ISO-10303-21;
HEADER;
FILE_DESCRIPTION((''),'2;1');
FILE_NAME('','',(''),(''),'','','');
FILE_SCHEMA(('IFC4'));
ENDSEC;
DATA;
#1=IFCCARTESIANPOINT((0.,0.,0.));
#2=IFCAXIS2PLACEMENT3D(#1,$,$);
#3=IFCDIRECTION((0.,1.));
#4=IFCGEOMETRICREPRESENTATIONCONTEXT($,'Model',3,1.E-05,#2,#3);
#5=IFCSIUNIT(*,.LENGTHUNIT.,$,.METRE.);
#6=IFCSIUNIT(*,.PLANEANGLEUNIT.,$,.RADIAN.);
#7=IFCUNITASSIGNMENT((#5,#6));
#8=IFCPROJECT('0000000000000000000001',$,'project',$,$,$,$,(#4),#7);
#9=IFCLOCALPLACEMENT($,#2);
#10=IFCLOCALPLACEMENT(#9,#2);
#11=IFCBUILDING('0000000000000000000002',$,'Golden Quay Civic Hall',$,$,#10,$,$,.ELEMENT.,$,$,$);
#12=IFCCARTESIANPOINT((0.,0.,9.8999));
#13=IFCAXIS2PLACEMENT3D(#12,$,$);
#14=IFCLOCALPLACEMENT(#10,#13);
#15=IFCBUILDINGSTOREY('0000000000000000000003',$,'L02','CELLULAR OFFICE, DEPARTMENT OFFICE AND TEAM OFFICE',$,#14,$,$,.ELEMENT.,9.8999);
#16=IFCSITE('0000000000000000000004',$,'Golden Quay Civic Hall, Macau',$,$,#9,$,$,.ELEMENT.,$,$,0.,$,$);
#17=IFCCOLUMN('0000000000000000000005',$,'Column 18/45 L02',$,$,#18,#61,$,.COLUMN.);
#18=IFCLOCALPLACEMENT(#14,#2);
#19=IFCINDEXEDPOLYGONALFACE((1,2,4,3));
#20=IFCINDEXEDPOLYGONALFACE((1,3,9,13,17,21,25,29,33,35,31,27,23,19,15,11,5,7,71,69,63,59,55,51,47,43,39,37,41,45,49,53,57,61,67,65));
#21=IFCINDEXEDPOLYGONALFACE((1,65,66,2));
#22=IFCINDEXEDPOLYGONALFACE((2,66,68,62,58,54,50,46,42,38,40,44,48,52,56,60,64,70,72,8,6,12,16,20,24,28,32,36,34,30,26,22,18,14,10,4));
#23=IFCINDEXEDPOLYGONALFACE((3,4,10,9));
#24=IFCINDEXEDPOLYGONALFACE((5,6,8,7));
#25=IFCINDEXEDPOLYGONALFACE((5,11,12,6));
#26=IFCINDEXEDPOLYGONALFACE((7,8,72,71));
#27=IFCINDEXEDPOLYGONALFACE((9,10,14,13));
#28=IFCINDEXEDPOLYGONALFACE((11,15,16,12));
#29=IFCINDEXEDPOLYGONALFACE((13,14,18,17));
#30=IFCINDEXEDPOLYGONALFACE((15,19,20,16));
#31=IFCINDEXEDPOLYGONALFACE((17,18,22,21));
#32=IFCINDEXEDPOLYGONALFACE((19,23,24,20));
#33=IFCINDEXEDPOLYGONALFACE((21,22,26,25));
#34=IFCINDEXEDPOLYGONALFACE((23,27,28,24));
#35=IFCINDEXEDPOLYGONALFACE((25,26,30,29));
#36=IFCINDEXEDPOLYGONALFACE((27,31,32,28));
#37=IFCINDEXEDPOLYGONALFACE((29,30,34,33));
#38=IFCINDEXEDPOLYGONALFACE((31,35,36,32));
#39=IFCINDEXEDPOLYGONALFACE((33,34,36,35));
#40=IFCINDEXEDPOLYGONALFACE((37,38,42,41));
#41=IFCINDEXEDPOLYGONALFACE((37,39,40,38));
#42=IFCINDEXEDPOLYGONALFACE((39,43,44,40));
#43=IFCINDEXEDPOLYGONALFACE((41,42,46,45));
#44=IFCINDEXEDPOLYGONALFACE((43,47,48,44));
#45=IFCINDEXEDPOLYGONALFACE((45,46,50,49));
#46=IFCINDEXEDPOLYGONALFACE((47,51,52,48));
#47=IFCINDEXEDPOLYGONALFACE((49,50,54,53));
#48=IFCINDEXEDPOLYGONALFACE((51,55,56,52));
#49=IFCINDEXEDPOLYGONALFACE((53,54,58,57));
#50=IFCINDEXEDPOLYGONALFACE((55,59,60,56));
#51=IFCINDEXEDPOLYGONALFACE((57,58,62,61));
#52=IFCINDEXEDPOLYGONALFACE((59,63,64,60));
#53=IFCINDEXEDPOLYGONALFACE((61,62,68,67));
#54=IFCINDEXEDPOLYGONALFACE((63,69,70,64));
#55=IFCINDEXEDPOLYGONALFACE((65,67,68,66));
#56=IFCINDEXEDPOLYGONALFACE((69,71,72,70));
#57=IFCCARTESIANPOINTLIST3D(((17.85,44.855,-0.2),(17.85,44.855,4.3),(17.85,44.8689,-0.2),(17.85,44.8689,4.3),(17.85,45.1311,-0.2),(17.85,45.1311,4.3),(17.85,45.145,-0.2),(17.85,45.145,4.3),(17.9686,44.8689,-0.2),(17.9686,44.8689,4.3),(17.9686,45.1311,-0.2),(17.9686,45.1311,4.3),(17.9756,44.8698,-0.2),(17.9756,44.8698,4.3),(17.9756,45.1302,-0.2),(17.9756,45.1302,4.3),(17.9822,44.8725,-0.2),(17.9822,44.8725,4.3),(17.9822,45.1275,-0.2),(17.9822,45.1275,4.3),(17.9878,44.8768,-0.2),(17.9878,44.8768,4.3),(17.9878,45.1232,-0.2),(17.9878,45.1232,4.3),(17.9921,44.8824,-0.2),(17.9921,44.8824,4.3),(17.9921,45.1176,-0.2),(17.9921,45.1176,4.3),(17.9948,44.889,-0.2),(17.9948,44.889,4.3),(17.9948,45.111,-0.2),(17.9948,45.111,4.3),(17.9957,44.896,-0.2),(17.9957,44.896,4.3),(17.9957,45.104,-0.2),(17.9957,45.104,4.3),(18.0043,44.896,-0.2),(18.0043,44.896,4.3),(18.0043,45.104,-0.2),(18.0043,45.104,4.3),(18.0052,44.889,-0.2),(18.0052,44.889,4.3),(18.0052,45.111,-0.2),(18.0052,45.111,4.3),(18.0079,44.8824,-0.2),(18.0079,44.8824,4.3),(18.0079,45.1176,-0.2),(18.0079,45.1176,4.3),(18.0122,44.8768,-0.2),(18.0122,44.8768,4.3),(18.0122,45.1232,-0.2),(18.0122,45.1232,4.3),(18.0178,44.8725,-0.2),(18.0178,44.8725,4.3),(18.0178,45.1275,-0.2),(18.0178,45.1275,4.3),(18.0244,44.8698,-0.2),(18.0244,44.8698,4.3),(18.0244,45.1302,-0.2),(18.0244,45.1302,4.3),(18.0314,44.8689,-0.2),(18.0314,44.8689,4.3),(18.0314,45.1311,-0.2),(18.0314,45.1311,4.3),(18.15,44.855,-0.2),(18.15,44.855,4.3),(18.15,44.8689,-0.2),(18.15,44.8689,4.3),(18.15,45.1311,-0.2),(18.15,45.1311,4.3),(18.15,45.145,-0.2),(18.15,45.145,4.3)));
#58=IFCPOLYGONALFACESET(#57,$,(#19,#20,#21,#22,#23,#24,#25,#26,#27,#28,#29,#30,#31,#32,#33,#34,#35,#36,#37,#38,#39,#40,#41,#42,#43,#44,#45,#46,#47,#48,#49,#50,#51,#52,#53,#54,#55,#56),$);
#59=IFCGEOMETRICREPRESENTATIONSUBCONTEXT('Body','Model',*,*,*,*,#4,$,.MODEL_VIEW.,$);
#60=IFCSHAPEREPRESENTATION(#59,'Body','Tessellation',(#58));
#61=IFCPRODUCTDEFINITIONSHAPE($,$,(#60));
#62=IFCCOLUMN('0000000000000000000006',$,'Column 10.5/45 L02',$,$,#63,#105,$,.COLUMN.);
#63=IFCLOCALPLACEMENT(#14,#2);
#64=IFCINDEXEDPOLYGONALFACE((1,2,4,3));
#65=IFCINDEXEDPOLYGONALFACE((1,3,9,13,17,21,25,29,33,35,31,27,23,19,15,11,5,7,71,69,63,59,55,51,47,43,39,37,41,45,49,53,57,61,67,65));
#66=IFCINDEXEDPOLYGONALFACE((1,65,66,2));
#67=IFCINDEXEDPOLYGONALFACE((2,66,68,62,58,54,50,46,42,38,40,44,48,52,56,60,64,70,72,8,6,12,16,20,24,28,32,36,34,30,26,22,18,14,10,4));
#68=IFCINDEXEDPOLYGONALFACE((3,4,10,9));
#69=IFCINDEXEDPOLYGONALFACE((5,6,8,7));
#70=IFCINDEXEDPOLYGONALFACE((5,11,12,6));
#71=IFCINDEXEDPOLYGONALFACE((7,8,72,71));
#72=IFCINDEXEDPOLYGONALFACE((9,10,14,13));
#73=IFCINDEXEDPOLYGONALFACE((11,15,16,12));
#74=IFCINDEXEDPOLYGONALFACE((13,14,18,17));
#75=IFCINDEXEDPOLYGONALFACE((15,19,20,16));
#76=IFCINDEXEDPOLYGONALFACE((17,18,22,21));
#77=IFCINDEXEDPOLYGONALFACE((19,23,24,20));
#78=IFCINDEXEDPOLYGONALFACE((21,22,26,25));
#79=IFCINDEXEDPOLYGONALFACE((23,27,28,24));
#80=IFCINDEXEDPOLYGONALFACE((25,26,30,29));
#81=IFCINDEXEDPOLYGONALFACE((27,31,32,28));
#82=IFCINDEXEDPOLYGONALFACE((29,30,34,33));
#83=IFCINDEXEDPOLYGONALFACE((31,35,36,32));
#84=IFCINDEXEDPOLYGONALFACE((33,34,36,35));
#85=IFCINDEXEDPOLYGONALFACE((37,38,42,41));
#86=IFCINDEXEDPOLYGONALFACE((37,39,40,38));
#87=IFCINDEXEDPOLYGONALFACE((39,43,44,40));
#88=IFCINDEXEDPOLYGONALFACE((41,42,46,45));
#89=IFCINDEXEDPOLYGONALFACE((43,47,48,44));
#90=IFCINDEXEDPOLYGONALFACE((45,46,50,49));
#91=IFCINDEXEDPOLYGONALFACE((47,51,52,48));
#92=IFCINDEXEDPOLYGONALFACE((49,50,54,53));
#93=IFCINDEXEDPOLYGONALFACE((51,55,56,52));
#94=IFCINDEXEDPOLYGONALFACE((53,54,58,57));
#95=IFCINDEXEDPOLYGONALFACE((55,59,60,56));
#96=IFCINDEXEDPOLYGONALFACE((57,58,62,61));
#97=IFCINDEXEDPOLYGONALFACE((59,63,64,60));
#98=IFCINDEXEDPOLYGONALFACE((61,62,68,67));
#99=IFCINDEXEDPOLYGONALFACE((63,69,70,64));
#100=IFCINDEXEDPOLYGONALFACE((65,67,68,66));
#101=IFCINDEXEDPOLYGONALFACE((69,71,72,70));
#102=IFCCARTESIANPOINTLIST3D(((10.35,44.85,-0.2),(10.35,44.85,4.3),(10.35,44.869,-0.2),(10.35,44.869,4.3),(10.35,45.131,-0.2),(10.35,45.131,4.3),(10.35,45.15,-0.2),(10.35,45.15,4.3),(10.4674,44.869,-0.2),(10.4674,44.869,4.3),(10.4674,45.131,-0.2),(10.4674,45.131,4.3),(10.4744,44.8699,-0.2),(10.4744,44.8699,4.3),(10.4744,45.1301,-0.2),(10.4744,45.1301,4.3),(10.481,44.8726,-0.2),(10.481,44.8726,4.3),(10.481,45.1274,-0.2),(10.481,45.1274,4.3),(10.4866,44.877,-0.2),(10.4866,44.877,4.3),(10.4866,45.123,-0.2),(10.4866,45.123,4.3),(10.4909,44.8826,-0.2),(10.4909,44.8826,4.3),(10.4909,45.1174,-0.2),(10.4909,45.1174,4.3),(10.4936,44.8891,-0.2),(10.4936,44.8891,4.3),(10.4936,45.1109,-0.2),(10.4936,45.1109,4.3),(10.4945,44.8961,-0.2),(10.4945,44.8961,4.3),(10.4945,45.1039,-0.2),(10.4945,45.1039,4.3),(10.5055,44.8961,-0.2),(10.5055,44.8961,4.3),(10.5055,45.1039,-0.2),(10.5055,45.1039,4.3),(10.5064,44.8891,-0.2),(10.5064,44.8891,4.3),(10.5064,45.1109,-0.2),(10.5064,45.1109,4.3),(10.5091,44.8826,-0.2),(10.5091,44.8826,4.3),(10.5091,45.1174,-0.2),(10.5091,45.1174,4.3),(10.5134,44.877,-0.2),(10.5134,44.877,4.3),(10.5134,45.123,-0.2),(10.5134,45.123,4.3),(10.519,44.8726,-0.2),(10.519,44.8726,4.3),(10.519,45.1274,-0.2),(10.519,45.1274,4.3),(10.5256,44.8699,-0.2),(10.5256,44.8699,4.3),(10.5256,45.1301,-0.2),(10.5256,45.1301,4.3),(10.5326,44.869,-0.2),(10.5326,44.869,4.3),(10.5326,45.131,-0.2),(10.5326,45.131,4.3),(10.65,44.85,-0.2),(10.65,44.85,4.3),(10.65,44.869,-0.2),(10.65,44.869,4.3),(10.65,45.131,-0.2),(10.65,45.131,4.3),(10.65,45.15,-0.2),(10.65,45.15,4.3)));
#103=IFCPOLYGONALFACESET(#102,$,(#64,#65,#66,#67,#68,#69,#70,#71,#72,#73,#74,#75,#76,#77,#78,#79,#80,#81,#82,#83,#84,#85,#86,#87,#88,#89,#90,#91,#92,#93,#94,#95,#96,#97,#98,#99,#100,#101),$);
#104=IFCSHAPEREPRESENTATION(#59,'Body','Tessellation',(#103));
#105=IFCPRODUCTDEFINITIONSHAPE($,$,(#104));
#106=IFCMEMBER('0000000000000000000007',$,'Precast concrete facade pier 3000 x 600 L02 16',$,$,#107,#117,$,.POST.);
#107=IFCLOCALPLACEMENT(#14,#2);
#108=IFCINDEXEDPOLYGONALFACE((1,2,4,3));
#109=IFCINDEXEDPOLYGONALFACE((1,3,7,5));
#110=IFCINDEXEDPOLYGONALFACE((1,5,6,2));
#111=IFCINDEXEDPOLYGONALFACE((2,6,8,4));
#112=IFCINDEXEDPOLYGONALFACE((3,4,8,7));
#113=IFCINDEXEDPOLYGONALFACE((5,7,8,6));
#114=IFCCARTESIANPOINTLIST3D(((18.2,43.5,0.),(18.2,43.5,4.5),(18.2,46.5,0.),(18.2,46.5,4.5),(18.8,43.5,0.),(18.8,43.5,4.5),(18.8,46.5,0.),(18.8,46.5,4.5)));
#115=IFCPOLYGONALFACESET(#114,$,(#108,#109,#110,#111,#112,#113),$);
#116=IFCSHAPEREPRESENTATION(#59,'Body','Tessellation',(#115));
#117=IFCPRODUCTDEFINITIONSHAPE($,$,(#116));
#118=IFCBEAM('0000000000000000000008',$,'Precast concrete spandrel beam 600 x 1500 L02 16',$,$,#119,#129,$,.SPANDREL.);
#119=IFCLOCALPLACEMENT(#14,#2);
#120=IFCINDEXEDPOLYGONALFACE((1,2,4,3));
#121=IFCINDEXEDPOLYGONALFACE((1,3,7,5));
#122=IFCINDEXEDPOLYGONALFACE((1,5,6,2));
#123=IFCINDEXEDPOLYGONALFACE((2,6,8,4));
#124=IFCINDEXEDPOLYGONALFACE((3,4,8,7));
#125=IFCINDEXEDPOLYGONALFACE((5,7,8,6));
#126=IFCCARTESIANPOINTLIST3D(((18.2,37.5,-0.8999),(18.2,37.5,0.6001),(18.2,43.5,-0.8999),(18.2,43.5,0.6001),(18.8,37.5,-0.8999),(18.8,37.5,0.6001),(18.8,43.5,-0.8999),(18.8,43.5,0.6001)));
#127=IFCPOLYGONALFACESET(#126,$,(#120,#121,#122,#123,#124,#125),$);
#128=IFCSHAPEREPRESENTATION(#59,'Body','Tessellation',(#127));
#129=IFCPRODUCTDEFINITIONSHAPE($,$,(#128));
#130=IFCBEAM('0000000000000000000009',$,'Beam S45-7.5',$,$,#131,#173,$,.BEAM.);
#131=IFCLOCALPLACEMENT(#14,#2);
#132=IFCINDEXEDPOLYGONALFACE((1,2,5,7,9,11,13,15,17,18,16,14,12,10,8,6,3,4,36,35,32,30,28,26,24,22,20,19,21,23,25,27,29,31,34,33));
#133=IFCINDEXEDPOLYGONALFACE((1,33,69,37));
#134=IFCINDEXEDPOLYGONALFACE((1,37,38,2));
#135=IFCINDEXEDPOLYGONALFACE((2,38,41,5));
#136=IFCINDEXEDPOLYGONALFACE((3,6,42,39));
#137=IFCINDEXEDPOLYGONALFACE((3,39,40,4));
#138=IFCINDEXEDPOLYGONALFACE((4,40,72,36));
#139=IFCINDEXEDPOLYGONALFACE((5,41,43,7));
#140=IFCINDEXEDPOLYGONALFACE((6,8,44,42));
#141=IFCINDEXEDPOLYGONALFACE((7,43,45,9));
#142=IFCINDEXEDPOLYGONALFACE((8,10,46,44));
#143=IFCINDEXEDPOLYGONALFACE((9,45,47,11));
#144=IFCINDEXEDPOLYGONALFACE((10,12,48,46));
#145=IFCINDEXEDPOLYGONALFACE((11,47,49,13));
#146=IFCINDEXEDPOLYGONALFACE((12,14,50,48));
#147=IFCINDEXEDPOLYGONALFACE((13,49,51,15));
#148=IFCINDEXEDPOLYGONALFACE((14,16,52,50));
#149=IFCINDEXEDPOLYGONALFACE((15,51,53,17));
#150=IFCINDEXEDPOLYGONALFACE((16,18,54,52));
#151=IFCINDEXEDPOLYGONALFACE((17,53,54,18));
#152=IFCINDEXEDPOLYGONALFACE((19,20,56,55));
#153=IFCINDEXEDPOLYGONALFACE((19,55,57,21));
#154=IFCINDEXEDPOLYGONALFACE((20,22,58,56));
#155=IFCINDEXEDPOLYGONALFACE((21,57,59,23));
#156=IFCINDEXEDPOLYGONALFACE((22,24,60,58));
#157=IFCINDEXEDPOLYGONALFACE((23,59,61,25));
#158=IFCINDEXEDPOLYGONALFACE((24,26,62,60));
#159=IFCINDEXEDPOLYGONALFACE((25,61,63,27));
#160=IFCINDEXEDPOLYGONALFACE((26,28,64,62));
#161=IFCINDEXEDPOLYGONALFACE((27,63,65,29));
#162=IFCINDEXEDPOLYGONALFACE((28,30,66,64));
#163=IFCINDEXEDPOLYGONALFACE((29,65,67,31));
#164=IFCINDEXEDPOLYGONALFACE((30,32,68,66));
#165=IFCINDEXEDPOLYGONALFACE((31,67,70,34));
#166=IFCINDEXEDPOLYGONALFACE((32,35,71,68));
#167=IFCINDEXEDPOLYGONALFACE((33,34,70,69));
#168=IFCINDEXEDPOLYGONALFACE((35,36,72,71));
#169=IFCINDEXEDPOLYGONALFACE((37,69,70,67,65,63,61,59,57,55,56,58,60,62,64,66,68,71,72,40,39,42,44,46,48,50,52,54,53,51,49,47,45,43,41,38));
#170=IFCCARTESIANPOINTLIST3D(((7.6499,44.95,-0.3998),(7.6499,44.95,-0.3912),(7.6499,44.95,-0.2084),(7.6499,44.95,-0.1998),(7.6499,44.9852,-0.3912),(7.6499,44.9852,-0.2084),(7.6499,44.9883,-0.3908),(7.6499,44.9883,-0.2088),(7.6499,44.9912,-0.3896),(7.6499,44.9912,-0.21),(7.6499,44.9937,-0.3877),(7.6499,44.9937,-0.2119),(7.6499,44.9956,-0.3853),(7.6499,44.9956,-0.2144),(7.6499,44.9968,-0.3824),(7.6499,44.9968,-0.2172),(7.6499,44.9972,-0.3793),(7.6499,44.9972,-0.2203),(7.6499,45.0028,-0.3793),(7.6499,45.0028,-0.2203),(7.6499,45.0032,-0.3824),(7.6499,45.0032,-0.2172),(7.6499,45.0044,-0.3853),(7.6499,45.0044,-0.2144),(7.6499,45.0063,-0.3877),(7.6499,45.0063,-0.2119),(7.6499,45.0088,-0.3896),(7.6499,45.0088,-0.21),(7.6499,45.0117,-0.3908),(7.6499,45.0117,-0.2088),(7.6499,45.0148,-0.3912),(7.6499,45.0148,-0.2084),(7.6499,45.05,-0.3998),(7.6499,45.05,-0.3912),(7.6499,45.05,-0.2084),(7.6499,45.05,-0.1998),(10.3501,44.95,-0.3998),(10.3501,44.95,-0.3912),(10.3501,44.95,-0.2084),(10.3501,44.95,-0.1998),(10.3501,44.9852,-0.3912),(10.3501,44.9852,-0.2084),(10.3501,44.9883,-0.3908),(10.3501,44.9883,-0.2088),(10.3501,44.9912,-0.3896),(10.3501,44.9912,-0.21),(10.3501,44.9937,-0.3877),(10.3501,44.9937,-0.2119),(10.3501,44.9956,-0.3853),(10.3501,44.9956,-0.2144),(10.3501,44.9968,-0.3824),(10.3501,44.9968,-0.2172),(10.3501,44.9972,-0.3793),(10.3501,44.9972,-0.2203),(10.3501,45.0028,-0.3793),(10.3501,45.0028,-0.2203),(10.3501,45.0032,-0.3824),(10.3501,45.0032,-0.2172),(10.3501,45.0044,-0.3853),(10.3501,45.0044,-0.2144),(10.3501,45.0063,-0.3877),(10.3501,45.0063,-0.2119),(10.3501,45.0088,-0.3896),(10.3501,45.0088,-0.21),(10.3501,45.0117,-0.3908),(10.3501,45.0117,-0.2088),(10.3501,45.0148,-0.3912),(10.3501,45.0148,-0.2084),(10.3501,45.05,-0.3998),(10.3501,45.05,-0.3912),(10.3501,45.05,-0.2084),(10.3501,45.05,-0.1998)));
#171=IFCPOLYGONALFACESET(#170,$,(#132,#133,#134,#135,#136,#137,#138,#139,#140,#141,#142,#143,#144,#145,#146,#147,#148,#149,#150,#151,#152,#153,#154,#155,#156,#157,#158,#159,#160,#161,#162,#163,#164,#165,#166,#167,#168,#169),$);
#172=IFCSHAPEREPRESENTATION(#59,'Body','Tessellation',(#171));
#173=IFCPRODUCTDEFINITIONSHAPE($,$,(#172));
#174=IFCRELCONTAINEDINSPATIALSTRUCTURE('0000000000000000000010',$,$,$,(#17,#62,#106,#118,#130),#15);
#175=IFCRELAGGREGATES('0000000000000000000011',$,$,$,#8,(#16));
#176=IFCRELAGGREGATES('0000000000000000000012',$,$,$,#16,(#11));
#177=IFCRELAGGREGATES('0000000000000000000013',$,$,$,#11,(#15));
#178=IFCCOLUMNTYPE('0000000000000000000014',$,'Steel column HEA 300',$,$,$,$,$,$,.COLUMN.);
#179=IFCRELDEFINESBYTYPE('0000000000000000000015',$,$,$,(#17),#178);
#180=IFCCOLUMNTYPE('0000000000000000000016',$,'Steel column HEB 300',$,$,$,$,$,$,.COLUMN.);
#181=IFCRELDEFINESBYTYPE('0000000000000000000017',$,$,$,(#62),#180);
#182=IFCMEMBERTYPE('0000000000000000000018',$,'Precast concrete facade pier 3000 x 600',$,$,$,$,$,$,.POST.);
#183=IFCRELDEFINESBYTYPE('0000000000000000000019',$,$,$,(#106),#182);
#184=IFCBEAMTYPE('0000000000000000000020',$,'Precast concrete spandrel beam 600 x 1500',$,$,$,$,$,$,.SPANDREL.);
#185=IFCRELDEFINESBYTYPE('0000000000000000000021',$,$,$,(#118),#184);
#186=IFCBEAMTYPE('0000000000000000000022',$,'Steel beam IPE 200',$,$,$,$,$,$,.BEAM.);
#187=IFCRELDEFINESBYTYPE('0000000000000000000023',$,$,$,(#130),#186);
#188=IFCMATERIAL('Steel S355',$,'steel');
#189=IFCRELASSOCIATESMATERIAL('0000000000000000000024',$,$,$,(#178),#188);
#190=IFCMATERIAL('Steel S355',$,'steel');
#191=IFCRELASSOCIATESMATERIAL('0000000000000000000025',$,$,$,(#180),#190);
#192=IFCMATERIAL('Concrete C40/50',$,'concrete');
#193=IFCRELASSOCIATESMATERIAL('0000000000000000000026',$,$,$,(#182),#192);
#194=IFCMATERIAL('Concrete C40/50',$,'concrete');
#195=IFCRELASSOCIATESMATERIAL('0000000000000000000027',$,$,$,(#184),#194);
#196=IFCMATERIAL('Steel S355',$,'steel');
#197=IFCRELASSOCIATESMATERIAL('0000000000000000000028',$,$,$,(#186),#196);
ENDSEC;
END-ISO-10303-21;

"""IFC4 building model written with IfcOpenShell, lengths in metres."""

from ifc_helpers import new_model, si_unit, direction, frame, origin, origin_2d, place, context, subcontext, project, spatial, rectangle, i_section, extrude, material, material_profile, profile_set, type_object, element, save


model = new_model("IFC4")

# Units and contexts
model_context = context("Model", 3, precision=1e-05, world=origin(), true_north=direction((0.0, 1.0)))
body_context = subcontext(model_context, "Body", "Model", "MODEL_VIEW")
ifc_project = project(units=[si_unit("LENGTHUNIT", "METRE"), si_unit("PLANEANGLEUNIT", "RADIAN")], contexts=[model_context])

# Site, building, storey
site_placement = place(None, origin())
site = spatial("IfcSite", under=ifc_project, at=site_placement, Name="Golden Quay Civic Hall, Macau", CompositionType="ELEMENT", RefElevation=0.0)
building_placement = place(site_placement, origin())
building = spatial("IfcBuilding", under=site, at=building_placement, Name="Golden Quay Civic Hall", CompositionType="ELEMENT")
storey_placement = place(building_placement, frame((0.0, 0.0, 9.8999)))
storey = spatial("IfcBuildingStorey", under=building, at=storey_placement, Name="L02", Description="CELLULAR OFFICE, DEPARTMENT OFFICE AND TEAM OFFICE", CompositionType="ELEMENT", Elevation=9.8999)

# Columns
ifc_material_1 = material(Name="Steel S355", Category="steel")
ifc_material_profile_1 = material_profile(ifc_material_1, i_section(OverallWidth=0.3, OverallDepth=0.29, WebThickness=0.0085, FlangeThickness=0.0139, FilletRadius=0.0271, at=origin_2d()), Name="HEA 300")
ifc_profile_set_1 = profile_set([ifc_material_profile_1], Name="Steel S355")
column_type_1 = type_object("IfcColumnType", Name="Steel column HEA 300", PredefinedType="COLUMN", material=ifc_profile_set_1)
column_1_placement = place(storey_placement, frame((18.0, 45.0, -0.2), z_axis=(0.0, 0.0, 1.0), x_axis=(1.0, 0.0, 0.0)))
element("IfcColumn", 1, at=column_1_placement, inside=storey, type_object=column_type_1, Name="Column 18/45 L02", PredefinedType="COLUMN", context=body_context, shape_type="SweptSolid", body=[
    extrude(i_section(OverallWidth=0.3, OverallDepth=0.29, WebThickness=0.0085, FlangeThickness=0.0139, FilletRadius=0.0271, at=origin_2d()), origin(), (0.0, 0.0, 1.0), 4.5),
])
ifc_material_2 = material(Name="Steel S355", Category="steel")
ifc_material_profile_2 = material_profile(ifc_material_2, i_section(OverallWidth=0.3, OverallDepth=0.3, WebThickness=0.011, FlangeThickness=0.019, FilletRadius=0.0271, at=origin_2d()), Name="HEB 300")
ifc_profile_set_2 = profile_set([ifc_material_profile_2], Name="Steel S355")
column_type_2 = type_object("IfcColumnType", Name="Steel column HEB 300", PredefinedType="COLUMN", material=ifc_profile_set_2)
column_2_placement = place(storey_placement, frame((10.5, 45.0, -0.2), z_axis=(0.0, 0.0, 1.0), x_axis=(1.0, 0.0, 0.0)))
element("IfcColumn", 2, at=column_2_placement, inside=storey, type_object=column_type_2, Name="Column 10.5/45 L02", PredefinedType="COLUMN", context=body_context, shape_type="SweptSolid", body=[
    extrude(i_section(OverallWidth=0.3, OverallDepth=0.3, WebThickness=0.011, FlangeThickness=0.019, FilletRadius=0.0271, at=origin_2d()), origin(), (0.0, 0.0, 1.0), 4.5),
])

# Member
ifc_material_3 = material(Name="Concrete C40/50", Category="concrete")
ifc_material_profile_3 = material_profile(ifc_material_3, rectangle(XDim=3.0, YDim=0.6001, at=origin_2d()), Name="RC 3000x600")
ifc_profile_set_3 = profile_set([ifc_material_profile_3], Name="Concrete C40/50")
member_type = type_object("IfcMemberType", Name="Precast concrete facade pier 3000 x 600", PredefinedType="POST", material=ifc_profile_set_3)
member_placement = place(storey_placement, frame((18.5, 45.0, 0.0), z_axis=(0.0, 0.0, 1.0), x_axis=(0.0, 1.0, 0.0)))
element("IfcMember", 3, at=member_placement, inside=storey, type_object=member_type, Name="Precast concrete facade pier 3000 x 600 L02 16", PredefinedType="POST", context=body_context, shape_type="SweptSolid", body=[
    extrude(rectangle(XDim=3.0, YDim=0.6001, at=origin_2d()), origin(), (0.0, 0.0, 1.0), 4.5),
])

# Beams
ifc_material_4 = material(Name="Concrete C40/50", Category="concrete")
ifc_material_profile_4 = material_profile(ifc_material_4, rectangle(XDim=0.6001, YDim=1.5, at=origin_2d()), Name="RC 600x1500")
ifc_profile_set_4 = profile_set([ifc_material_profile_4], Name="Concrete C40/50")
beam_type_1 = type_object("IfcBeamType", Name="Precast concrete spandrel beam 600 x 1500", PredefinedType="SPANDREL", material=ifc_profile_set_4)
beam_1_placement = place(storey_placement, frame((18.5, 37.5, -0.1499), z_axis=(0.0, 1.0, 0.0), x_axis=(-1.0, 0.0, 0.0)))
element("IfcBeam", 4, at=beam_1_placement, inside=storey, type_object=beam_type_1, Name="Precast concrete spandrel beam 600 x 1500 L02 16", PredefinedType="SPANDREL", context=body_context, shape_type="SweptSolid", body=[
    extrude(rectangle(XDim=0.6001, YDim=1.5, at=origin_2d()), origin(), (0.0, 0.0, 1.0), 6.0),
])
ifc_material_5 = material(Name="Steel S355", Category="steel")
ifc_material_profile_5 = material_profile(ifc_material_5, i_section(OverallWidth=0.1001, OverallDepth=0.2, WebThickness=0.0056, FlangeThickness=0.0085, FilletRadius=0.012, at=origin_2d()), Name="IPE 200")
ifc_profile_set_5 = profile_set([ifc_material_profile_5], Name="Steel S355")
beam_type_2 = type_object("IfcBeamType", Name="Steel beam IPE 200", PredefinedType="BEAM", material=ifc_profile_set_5)
beam_2_placement = place(storey_placement, frame((7.6499, 45.0, -0.2998), z_axis=(1.0, 0.0, 0.0), x_axis=(0.0, 1.0, 0.0)))
element("IfcBeam", 5, at=beam_2_placement, inside=storey, type_object=beam_type_2, Name="Beam S45-7.5", PredefinedType="BEAM", context=body_context, shape_type="SweptSolid", body=[
    extrude(i_section(OverallWidth=0.1001, OverallDepth=0.2, WebThickness=0.0056, FlangeThickness=0.0085, FilletRadius=0.012, at=origin_2d()), origin(), (0.0, 0.0, 1.0), 2.7002),
])

save(model, "model.ifc")
